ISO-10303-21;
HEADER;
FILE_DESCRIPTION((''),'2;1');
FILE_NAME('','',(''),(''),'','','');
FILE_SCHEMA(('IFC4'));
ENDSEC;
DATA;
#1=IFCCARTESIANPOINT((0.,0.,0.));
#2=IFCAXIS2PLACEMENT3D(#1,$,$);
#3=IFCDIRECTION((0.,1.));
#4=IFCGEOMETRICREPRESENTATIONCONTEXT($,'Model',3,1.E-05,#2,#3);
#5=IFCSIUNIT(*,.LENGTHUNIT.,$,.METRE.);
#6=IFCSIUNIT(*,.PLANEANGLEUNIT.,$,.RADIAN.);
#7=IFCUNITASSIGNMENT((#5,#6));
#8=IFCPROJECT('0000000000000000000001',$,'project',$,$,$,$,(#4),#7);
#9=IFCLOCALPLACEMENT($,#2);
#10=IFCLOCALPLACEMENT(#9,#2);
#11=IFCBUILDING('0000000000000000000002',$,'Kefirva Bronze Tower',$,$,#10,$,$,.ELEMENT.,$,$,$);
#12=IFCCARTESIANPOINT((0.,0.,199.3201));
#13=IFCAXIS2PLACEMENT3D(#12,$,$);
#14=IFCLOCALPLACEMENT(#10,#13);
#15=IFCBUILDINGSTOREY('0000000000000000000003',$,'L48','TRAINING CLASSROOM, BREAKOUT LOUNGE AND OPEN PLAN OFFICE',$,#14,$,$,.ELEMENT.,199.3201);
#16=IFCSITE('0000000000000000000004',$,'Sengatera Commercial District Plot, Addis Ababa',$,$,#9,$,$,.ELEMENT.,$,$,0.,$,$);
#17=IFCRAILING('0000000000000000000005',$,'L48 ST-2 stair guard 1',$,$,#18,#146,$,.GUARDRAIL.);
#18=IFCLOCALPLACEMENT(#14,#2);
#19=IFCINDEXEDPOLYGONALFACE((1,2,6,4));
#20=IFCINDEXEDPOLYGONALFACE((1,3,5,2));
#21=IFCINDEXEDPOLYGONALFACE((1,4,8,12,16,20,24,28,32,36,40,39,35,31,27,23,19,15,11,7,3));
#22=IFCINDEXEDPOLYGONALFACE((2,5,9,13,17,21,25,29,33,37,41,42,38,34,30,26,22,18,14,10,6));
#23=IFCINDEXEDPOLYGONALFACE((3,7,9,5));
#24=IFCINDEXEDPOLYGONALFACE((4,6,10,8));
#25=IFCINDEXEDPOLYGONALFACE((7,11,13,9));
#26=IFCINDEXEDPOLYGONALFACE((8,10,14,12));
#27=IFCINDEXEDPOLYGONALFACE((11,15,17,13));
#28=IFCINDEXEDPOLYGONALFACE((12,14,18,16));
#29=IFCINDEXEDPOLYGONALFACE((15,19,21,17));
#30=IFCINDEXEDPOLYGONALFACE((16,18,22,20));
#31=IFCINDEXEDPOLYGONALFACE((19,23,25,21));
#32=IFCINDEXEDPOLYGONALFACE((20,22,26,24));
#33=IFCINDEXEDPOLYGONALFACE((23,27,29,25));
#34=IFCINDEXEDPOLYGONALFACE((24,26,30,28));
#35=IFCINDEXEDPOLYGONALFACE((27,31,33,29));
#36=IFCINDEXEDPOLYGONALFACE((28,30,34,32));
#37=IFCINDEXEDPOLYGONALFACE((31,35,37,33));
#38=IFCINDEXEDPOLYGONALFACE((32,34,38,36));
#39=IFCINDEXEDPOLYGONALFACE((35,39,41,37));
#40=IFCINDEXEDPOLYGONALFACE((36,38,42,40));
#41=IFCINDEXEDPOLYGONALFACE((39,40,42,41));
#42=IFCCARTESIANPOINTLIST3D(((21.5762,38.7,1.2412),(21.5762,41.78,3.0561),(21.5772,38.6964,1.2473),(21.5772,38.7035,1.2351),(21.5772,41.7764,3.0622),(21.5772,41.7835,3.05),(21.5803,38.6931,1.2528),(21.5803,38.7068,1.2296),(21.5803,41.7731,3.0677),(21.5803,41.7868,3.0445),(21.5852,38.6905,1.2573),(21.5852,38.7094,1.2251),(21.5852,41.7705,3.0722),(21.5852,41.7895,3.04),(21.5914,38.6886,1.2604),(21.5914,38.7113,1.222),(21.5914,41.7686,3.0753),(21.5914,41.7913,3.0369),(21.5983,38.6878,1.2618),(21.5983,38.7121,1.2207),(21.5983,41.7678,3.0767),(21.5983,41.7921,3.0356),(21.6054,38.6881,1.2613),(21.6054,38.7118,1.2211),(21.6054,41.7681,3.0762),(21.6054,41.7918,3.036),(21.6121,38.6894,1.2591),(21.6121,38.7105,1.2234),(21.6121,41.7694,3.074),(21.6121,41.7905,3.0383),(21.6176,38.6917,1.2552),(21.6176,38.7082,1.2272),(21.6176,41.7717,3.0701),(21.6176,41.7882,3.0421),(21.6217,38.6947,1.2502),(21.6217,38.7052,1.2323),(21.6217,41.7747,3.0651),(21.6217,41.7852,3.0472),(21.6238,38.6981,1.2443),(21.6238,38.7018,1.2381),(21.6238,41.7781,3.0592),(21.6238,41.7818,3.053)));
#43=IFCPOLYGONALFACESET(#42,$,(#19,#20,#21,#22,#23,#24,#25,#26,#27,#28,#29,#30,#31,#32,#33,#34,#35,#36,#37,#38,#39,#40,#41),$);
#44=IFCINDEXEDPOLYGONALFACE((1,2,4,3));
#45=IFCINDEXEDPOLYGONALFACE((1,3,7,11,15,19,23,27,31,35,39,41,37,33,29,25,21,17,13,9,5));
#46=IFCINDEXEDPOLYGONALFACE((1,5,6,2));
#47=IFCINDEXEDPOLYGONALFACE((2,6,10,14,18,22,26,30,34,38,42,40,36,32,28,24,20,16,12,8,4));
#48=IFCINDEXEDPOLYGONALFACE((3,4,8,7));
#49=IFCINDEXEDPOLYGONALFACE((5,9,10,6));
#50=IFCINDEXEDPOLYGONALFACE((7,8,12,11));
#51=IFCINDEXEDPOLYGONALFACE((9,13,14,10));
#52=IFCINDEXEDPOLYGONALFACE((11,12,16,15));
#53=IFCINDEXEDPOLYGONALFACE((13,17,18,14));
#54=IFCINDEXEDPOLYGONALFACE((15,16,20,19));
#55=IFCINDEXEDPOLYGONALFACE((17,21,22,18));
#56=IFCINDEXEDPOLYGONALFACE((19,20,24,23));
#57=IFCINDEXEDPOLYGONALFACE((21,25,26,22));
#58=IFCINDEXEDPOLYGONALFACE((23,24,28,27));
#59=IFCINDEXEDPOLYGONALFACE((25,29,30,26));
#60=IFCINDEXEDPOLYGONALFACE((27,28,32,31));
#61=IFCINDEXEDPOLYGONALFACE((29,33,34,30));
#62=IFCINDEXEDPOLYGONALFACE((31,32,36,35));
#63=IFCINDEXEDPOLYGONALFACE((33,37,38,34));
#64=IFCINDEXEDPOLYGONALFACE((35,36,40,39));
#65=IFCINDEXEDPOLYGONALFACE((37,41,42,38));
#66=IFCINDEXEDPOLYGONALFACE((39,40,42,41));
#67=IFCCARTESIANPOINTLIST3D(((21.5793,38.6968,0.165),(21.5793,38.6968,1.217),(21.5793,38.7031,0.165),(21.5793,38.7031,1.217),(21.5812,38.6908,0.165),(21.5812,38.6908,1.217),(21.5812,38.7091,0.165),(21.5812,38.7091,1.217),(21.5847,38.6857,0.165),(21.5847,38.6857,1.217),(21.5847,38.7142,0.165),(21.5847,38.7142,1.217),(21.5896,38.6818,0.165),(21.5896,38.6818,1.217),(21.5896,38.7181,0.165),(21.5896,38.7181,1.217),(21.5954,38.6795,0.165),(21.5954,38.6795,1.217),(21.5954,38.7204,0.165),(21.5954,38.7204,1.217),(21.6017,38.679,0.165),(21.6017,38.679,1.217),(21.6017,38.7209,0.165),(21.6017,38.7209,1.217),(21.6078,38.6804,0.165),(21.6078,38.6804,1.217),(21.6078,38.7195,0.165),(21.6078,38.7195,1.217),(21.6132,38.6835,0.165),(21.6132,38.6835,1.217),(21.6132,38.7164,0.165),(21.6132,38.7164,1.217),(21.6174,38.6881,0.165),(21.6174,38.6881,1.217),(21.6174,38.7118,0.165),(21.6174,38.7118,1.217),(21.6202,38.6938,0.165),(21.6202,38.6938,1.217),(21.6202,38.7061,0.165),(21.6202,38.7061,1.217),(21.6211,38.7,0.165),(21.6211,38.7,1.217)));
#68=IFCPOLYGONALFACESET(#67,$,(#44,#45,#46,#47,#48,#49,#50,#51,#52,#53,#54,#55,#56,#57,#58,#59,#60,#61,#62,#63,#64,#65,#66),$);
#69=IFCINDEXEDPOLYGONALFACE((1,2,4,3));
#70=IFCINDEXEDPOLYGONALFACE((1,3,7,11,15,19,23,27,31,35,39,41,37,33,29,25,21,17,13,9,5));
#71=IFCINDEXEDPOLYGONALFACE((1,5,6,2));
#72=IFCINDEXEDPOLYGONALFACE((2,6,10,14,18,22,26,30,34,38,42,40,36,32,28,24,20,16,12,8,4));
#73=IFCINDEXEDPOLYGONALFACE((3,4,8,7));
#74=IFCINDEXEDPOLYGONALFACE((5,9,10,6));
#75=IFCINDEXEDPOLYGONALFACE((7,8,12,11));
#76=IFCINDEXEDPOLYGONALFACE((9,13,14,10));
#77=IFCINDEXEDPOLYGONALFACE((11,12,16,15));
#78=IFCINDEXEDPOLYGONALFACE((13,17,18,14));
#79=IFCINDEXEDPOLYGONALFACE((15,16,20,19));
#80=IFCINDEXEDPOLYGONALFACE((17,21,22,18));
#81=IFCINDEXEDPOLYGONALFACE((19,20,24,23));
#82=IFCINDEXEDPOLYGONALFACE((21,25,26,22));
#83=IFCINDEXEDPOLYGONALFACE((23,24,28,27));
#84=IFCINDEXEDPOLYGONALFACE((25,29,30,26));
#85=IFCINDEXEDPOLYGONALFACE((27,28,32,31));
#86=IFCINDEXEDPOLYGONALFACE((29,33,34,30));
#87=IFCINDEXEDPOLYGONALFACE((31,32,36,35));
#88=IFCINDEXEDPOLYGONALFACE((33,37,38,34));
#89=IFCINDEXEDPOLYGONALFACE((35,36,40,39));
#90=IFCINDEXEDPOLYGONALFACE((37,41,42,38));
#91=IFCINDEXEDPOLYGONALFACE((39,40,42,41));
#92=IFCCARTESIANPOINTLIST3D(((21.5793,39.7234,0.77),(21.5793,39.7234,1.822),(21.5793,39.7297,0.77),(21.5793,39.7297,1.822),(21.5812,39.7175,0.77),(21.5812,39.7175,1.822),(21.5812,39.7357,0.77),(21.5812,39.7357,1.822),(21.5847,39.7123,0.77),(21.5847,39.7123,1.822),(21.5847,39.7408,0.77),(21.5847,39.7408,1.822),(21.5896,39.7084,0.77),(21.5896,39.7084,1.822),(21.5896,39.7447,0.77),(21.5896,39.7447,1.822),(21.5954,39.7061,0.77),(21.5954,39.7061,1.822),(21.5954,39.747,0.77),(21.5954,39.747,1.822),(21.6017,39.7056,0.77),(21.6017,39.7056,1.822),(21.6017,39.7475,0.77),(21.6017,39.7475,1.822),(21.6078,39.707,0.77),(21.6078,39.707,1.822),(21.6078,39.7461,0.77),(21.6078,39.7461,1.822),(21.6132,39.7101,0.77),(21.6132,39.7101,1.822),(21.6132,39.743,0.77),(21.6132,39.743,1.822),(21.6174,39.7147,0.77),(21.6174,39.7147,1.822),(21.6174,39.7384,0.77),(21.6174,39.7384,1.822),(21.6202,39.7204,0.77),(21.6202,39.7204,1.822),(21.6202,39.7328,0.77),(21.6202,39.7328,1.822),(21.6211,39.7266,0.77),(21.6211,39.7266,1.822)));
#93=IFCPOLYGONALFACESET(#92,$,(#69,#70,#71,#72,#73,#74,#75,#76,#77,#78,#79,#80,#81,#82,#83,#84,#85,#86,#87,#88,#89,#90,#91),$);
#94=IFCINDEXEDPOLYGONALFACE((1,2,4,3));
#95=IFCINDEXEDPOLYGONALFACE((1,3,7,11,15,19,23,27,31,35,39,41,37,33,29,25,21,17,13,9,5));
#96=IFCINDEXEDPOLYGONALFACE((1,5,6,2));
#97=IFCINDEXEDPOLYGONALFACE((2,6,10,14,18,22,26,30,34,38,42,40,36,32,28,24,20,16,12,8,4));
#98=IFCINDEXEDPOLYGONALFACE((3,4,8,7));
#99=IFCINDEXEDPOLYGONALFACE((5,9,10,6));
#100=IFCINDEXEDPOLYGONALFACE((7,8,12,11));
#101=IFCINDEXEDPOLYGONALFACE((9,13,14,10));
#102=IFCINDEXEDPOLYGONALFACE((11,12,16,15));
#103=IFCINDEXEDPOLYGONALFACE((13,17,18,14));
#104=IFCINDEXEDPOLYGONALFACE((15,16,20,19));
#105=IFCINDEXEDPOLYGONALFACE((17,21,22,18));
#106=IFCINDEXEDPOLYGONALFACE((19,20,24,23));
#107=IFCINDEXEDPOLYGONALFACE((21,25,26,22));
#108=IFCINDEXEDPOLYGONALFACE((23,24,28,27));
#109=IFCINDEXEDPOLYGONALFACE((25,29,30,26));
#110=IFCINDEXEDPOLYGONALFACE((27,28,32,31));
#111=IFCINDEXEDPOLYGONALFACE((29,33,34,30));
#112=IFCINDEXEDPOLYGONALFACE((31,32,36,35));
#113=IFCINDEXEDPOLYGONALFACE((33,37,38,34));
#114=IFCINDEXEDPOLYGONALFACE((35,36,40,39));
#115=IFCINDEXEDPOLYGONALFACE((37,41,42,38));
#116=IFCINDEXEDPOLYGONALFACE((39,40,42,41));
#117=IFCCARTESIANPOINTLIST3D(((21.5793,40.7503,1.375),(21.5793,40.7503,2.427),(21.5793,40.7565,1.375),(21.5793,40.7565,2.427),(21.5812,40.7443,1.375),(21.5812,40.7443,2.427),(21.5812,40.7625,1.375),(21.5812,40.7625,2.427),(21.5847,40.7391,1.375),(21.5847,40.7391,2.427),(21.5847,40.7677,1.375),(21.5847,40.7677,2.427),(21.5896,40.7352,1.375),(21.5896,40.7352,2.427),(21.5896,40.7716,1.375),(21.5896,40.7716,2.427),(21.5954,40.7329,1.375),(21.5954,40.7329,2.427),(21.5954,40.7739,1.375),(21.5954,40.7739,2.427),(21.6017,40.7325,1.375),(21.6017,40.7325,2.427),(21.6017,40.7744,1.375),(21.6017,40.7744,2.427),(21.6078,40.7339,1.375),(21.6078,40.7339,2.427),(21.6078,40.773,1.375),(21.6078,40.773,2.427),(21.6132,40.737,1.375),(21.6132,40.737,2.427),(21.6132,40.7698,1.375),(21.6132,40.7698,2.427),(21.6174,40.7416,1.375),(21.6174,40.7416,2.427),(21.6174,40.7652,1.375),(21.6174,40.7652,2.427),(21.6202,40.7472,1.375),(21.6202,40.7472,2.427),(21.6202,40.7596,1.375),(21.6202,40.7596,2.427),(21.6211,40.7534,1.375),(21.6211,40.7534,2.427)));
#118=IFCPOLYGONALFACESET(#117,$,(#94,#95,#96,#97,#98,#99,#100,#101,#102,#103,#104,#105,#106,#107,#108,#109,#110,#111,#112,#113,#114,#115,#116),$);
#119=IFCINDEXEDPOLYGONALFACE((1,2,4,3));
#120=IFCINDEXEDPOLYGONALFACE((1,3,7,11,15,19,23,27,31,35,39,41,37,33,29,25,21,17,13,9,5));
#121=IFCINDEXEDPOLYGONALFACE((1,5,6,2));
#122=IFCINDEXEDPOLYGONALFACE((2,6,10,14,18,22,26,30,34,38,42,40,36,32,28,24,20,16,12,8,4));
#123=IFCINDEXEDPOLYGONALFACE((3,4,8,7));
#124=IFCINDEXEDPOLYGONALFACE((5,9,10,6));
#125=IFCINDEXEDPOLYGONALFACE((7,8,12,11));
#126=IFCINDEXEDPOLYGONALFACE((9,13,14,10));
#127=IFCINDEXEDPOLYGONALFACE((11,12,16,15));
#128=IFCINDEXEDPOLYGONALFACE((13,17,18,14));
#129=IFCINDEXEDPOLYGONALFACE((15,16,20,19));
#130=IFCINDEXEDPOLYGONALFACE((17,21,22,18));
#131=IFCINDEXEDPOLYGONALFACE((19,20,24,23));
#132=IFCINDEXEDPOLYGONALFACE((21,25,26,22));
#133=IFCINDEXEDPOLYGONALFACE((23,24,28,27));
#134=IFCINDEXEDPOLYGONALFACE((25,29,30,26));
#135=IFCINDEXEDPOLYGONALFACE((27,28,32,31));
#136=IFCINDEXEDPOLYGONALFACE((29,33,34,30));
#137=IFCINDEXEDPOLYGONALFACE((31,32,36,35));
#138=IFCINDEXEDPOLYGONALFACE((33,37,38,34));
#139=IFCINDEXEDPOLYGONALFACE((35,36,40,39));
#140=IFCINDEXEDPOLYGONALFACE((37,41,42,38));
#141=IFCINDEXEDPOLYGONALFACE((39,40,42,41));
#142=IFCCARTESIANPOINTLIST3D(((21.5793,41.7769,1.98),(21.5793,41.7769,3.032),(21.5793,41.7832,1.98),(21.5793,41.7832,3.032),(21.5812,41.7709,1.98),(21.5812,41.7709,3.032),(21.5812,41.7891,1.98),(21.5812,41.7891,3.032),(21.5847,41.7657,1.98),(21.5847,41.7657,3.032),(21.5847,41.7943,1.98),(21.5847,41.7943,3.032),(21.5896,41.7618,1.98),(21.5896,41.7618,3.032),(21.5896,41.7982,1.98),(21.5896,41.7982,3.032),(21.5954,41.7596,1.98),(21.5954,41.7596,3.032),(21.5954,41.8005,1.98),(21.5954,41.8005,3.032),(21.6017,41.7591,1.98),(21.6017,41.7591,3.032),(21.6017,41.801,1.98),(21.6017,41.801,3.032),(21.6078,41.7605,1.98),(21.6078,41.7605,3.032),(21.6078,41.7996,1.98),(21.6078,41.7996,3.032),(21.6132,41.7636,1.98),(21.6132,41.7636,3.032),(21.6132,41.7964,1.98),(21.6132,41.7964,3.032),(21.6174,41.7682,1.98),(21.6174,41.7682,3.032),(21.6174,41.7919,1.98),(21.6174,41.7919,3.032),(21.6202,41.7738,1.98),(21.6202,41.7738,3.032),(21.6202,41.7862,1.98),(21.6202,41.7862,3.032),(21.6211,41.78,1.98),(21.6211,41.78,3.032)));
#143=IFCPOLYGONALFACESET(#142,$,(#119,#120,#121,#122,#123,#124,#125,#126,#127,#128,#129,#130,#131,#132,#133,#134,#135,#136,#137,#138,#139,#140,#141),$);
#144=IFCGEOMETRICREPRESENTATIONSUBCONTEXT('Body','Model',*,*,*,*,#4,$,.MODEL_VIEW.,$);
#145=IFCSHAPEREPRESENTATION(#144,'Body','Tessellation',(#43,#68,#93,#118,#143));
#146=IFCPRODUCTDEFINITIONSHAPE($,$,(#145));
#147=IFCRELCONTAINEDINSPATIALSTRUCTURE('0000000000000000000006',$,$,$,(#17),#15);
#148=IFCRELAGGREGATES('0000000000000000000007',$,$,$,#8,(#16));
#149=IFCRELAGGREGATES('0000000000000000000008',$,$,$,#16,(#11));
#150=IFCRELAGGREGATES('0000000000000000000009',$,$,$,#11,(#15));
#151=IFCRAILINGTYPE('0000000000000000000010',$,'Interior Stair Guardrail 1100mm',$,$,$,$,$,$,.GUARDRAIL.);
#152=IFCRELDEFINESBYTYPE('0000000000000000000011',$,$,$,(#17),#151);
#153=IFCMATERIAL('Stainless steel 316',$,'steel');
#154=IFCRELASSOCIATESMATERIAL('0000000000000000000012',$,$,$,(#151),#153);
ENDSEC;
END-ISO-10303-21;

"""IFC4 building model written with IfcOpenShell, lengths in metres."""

from ifc_helpers import new_model, si_unit, direction, frame, origin, origin_2d, place, context, subcontext, project, spatial, circle, extrude, material, type_object, element, save


model = new_model("IFC4")

# Units and contexts
model_context = context("Model", 3, precision=1e-05, world=origin(), true_north=direction((0.0, 1.0)))
body_context = subcontext(model_context, "Body", "Model", "MODEL_VIEW")
ifc_project = project(units=[si_unit("LENGTHUNIT", "METRE"), si_unit("PLANEANGLEUNIT", "RADIAN")], contexts=[model_context])

# Site, building, storey
site_placement = place(None, origin())
site = spatial("IfcSite", under=ifc_project, at=site_placement, Name="Sengatera Commercial District Plot, Addis Ababa", CompositionType="ELEMENT", RefElevation=0.0)
building_placement = place(site_placement, origin())
building = spatial("IfcBuilding", under=site, at=building_placement, Name="Kefirva Bronze Tower", CompositionType="ELEMENT")
storey_placement = place(building_placement, frame((0.0, 0.0, 199.3201)))
storey = spatial("IfcBuildingStorey", under=building, at=storey_placement, Name="L48", Description="TRAINING CLASSROOM, BREAKOUT LOUNGE AND OPEN PLAN OFFICE", CompositionType="ELEMENT", Elevation=199.3201)

# Railing
ifc_material_1 = material(Name="Stainless steel 316", Category="steel")
railing_type_1 = type_object("IfcRailingType", Name="Interior Stair Guardrail 1100mm", PredefinedType="GUARDRAIL", material=ifc_material_1)
railing_1_placement = place(storey_placement, frame((21.6001, 38.7, 0.165)))
element("IfcRailing", 1, at=railing_1_placement, inside=storey, type_object=railing_type_1, Name="L48 ST-2 stair guard 1", PredefinedType="GUARDRAIL", context=body_context, shape_type="SweptSolid", body=[
    extrude(circle(Radius=0.0239, at=origin_2d()), frame((0.0, 0.0, 1.0762), z_axis=(0.0, 0.861551, 0.507671), x_axis=(-1.0, 0.0, 0.0)), (0.0, 0.0, 1.0), 3.575),
    extrude(circle(Radius=0.021, at=origin_2d()), origin(), (0.0, 0.0, 1.0), 1.052),
    extrude(circle(Radius=0.021, at=origin_2d()), frame((0.0, 1.0266, 0.605)), (0.0, 0.0, 1.0), 1.052),
    extrude(circle(Radius=0.021, at=origin_2d()), frame((0.0, 2.0535, 1.21)), (0.0, 0.0, 1.0), 1.052),
    extrude(circle(Radius=0.021, at=origin_2d()), frame((0.0, 3.0801, 1.8149)), (0.0, 0.0, 1.0), 1.052),
])

save(model, "model.ifc")
